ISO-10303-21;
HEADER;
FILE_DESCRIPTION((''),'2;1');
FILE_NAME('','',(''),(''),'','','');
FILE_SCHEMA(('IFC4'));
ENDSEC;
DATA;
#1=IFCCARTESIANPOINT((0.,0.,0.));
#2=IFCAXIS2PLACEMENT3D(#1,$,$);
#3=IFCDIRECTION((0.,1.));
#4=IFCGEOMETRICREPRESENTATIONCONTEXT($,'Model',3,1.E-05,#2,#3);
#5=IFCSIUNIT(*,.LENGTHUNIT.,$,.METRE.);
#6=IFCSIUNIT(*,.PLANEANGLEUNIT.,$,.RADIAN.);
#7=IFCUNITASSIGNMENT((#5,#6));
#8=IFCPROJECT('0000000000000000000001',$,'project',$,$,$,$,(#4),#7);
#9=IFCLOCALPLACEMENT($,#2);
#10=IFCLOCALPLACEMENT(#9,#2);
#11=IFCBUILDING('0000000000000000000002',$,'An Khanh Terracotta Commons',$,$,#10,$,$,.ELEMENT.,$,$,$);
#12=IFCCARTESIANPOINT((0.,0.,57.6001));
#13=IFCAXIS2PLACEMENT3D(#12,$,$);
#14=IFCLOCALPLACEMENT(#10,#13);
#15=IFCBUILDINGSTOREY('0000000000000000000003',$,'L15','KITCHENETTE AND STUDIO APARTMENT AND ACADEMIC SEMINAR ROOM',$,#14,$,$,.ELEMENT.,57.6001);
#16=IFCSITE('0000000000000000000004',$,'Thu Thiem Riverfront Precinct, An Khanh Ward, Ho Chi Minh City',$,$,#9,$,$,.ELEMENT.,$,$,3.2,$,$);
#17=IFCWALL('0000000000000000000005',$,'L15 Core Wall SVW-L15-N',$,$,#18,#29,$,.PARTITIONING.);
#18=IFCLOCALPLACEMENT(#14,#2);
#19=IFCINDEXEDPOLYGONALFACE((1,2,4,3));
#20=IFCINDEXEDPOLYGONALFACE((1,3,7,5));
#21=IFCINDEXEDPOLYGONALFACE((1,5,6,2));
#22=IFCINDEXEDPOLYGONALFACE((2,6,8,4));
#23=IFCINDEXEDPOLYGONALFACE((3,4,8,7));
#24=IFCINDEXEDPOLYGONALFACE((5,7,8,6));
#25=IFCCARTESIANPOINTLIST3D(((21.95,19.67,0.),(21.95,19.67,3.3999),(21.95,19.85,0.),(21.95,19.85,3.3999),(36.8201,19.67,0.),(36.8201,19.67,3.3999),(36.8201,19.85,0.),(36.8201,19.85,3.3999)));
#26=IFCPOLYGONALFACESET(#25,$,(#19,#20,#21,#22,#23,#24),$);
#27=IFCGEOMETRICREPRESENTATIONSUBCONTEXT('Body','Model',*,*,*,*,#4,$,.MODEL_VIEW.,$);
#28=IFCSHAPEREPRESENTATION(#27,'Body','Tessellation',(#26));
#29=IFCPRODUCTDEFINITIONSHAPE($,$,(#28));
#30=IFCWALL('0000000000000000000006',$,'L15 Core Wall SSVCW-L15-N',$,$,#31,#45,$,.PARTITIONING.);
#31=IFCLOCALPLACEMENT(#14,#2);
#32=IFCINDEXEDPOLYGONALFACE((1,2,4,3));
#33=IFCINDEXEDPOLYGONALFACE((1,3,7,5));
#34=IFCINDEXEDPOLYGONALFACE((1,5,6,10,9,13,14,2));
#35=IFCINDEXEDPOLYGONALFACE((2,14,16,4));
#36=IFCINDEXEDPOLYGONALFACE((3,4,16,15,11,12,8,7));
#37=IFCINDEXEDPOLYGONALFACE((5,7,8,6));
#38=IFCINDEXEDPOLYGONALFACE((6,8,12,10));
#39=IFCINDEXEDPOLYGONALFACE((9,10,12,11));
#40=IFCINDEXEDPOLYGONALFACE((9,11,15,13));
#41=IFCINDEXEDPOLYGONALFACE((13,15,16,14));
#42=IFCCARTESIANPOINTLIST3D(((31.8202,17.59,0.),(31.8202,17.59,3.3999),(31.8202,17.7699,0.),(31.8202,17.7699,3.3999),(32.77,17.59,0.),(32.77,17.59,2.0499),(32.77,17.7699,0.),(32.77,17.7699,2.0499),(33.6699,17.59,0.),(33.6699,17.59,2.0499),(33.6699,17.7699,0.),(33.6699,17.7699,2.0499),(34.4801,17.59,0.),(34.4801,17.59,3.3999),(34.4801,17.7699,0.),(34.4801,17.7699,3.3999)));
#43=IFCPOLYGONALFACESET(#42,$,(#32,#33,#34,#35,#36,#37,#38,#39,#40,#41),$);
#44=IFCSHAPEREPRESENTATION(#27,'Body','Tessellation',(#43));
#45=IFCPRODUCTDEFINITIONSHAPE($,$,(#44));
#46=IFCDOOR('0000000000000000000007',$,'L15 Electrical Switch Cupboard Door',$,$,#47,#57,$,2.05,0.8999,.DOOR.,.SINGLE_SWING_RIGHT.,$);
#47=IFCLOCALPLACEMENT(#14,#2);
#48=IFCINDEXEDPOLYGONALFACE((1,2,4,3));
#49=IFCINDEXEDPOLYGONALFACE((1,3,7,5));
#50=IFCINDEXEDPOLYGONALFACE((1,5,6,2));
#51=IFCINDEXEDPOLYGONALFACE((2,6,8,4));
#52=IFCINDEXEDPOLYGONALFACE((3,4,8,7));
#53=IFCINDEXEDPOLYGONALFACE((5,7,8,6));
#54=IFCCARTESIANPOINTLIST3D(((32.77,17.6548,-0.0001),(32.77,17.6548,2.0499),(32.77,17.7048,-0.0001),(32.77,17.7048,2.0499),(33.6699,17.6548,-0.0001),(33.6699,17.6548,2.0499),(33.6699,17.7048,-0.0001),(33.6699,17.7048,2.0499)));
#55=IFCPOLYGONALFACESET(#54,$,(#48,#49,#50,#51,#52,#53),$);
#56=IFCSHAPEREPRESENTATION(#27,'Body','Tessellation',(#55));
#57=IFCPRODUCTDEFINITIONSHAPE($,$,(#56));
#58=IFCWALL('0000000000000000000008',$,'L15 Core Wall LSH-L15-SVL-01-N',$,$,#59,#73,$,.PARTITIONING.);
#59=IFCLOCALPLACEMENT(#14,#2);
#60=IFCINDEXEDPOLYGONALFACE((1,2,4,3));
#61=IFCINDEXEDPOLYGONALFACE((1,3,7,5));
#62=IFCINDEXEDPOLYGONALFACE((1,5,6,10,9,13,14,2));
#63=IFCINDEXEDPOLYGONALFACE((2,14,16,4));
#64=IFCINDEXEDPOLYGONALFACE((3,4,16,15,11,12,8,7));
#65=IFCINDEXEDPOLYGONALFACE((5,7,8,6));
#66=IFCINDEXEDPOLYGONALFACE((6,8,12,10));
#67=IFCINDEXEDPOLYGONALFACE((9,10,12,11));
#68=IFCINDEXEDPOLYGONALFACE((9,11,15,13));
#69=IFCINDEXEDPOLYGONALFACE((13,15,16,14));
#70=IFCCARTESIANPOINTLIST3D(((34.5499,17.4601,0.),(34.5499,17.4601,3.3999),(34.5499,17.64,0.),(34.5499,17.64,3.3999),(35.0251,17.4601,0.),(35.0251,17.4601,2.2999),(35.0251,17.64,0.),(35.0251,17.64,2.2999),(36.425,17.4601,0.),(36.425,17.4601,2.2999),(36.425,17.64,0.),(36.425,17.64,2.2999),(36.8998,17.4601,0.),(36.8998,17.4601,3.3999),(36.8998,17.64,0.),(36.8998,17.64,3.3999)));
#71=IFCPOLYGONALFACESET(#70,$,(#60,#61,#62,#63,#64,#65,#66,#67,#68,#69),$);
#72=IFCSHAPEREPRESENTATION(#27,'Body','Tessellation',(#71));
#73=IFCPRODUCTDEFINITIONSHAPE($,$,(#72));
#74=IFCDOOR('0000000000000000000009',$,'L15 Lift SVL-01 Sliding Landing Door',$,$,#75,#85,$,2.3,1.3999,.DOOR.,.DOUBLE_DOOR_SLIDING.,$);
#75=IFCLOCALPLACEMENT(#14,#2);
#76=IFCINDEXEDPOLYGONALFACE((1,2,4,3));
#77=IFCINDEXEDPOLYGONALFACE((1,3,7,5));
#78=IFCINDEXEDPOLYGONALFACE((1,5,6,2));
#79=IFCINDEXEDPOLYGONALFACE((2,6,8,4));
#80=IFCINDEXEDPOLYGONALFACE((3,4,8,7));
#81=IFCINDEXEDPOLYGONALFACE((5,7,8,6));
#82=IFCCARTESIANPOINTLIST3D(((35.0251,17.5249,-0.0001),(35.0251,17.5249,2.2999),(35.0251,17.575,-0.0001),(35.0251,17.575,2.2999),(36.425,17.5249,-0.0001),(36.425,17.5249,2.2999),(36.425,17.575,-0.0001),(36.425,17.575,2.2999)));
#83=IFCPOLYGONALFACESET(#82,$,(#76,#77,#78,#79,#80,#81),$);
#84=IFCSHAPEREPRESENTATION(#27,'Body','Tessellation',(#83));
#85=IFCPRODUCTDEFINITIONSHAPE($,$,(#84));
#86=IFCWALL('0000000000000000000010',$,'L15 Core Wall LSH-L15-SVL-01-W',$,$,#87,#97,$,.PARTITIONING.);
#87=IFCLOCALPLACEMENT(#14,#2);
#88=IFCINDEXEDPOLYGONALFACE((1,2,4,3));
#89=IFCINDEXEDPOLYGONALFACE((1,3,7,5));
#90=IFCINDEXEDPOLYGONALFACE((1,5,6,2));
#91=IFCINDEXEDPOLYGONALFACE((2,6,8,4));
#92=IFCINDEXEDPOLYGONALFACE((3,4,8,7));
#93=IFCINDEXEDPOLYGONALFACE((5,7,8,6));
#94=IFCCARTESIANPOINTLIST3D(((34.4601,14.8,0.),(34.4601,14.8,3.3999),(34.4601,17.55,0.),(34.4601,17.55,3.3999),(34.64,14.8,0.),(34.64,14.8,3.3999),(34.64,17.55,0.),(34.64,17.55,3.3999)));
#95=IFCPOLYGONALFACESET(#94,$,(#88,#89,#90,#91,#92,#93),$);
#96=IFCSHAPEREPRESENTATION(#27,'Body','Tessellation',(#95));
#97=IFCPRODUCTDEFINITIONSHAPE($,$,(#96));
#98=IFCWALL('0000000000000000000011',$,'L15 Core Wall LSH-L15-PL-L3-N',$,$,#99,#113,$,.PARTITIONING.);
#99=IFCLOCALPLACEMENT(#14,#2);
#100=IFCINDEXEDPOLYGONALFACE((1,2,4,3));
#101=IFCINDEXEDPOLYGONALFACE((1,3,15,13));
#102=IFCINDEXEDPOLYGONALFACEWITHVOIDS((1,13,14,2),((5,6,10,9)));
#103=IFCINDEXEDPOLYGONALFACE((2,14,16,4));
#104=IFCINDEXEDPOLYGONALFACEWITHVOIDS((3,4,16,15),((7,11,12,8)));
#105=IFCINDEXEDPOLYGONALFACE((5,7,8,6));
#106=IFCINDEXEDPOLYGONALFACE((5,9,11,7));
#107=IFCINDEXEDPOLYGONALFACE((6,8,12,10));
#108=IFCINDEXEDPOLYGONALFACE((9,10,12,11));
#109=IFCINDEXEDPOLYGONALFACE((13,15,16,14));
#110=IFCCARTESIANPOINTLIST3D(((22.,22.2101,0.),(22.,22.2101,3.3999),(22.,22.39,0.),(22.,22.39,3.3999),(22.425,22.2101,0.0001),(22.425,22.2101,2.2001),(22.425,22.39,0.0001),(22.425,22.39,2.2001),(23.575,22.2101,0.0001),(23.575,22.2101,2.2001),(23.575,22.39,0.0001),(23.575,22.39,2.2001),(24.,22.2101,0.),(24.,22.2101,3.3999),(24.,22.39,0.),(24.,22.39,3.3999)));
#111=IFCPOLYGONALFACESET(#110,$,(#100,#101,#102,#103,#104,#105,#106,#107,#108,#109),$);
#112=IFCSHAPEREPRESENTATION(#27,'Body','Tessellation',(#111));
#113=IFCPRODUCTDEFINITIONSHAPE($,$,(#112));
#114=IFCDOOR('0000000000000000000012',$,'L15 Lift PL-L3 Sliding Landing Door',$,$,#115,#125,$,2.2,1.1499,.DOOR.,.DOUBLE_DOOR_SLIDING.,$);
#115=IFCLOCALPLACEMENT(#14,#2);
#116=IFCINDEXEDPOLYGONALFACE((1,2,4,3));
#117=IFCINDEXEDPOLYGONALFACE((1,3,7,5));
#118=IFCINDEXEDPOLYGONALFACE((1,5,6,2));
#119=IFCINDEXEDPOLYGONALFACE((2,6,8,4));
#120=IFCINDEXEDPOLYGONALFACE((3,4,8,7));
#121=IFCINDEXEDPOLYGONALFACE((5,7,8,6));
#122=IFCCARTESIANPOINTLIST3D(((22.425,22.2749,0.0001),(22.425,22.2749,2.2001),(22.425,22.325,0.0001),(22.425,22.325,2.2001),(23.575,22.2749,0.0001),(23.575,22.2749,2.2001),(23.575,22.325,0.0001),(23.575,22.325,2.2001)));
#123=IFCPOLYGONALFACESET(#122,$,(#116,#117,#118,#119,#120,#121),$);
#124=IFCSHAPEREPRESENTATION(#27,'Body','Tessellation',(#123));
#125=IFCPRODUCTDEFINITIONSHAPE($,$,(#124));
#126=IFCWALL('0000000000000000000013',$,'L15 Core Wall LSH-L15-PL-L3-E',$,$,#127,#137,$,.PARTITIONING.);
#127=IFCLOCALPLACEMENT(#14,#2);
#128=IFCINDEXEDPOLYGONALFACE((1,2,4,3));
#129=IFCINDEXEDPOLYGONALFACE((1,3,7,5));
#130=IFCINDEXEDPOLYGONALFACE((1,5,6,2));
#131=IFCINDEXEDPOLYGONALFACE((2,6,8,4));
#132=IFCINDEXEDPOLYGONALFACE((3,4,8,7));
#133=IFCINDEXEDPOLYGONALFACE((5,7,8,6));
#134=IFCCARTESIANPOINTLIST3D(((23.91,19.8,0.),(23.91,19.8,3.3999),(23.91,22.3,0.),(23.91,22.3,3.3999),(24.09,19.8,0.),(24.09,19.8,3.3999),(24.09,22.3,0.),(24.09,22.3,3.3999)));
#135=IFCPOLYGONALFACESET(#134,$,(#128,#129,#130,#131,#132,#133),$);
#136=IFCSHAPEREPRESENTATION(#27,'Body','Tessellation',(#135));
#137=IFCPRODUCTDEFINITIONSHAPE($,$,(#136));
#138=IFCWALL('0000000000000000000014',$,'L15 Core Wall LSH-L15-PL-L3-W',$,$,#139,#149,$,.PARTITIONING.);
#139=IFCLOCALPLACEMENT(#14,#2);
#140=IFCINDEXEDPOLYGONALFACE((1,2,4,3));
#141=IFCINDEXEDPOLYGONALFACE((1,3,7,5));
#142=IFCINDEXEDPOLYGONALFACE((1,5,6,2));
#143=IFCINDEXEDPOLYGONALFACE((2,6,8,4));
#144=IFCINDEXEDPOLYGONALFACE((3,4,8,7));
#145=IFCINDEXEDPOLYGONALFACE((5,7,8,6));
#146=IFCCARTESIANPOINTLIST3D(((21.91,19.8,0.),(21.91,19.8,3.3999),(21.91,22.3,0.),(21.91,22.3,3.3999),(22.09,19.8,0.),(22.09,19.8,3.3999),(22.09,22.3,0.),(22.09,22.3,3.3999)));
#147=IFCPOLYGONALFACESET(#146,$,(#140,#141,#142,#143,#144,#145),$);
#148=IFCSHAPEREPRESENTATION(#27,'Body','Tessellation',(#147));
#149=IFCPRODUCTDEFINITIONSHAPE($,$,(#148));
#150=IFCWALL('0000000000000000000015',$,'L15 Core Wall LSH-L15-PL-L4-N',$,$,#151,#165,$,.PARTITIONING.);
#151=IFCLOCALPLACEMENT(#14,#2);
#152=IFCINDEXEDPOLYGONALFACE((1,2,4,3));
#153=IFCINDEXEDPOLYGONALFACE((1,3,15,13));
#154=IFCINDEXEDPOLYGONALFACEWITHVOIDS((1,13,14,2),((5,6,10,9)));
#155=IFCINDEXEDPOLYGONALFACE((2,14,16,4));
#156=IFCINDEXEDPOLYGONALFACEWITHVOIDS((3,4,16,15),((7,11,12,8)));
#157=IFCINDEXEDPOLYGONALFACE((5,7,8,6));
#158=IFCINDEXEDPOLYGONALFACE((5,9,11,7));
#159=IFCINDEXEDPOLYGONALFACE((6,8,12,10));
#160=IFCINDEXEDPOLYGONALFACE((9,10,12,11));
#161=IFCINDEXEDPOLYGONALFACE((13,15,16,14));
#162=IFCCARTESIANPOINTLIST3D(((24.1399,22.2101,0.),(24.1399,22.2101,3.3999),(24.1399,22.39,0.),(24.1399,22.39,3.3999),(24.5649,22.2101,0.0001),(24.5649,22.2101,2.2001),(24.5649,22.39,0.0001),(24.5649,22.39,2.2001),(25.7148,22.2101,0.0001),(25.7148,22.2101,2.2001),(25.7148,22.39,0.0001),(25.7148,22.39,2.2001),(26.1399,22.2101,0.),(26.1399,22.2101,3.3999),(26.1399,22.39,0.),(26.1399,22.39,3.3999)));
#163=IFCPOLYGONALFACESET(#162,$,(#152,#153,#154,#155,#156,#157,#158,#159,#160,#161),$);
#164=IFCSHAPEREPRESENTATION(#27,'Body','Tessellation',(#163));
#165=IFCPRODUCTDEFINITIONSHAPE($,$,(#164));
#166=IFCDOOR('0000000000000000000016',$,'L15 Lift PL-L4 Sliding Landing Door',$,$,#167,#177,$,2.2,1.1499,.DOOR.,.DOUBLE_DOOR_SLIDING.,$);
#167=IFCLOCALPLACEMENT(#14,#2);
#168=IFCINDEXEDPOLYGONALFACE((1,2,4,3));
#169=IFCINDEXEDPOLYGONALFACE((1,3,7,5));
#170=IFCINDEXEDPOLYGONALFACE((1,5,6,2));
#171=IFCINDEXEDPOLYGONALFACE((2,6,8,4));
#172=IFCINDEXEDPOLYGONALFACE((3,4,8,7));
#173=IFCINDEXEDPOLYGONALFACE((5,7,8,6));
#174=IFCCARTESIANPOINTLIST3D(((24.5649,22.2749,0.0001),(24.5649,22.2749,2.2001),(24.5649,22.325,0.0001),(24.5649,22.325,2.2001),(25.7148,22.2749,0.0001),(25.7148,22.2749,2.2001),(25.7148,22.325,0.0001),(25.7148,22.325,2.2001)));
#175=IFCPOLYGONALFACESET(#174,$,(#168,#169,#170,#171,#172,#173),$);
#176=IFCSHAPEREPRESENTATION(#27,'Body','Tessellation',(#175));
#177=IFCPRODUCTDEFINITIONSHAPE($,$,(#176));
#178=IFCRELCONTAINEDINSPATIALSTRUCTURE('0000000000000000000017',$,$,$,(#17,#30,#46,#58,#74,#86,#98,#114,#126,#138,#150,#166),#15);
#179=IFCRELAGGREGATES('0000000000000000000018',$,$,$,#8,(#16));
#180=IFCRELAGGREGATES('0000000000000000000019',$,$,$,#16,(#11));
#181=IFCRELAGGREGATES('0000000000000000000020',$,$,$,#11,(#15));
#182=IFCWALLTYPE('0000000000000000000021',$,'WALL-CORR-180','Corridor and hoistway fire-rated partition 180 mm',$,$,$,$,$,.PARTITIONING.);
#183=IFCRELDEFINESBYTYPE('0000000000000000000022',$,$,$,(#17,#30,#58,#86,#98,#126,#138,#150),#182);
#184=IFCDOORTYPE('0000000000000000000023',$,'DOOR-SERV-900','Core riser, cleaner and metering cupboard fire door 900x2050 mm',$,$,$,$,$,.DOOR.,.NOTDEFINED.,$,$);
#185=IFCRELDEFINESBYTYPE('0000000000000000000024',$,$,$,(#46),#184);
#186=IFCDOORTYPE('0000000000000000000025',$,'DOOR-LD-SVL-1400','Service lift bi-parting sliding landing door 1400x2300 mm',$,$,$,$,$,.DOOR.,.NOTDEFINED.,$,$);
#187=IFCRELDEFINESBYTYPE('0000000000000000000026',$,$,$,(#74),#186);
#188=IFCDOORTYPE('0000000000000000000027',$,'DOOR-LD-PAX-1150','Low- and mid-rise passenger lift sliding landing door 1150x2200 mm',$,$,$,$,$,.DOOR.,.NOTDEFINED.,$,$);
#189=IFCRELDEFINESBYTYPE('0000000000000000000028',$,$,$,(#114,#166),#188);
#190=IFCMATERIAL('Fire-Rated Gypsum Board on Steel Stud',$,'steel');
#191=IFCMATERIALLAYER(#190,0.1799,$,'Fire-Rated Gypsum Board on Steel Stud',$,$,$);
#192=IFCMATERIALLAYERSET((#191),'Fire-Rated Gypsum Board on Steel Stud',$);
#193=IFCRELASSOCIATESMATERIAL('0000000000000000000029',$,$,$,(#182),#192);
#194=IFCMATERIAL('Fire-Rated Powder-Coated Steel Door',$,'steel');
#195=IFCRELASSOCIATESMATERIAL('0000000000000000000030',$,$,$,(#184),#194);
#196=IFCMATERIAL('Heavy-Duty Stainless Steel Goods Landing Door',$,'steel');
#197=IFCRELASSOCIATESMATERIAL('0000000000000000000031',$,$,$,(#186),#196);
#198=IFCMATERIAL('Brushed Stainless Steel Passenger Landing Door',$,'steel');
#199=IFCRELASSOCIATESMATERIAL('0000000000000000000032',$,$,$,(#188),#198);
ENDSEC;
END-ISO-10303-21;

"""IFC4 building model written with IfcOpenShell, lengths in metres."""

from ifc_helpers import new_model, si_unit, direction, frame, frame_2d, origin, place, context, subcontext, project, spatial, rectangle, extrude, material, layer, layer_set, type_object, element, fill, save


model = new_model("IFC4")

# Units and contexts
model_context = context("Model", 3, precision=1e-05, world=origin(), true_north=direction((0.0, 1.0)))
body_context = subcontext(model_context, "Body", "Model", "MODEL_VIEW")
ifc_project = project(units=[si_unit("LENGTHUNIT", "METRE"), si_unit("PLANEANGLEUNIT", "RADIAN")], contexts=[model_context])

# Site, building, storey
site_placement = place(None, origin())
site = spatial("IfcSite", under=ifc_project, at=site_placement, Name="Thu Thiem Riverfront Precinct, An Khanh Ward, Ho Chi Minh City", CompositionType="ELEMENT", RefElevation=3.2)
building_placement = place(site_placement, origin())
building = spatial("IfcBuilding", under=site, at=building_placement, Name="An Khanh Terracotta Commons", CompositionType="ELEMENT")
storey_placement = place(building_placement, frame((0.0, 0.0, 57.6001)))
storey = spatial("IfcBuildingStorey", under=building, at=storey_placement, Name="L15", Description="KITCHENETTE AND STUDIO APARTMENT AND ACADEMIC SEMINAR ROOM", CompositionType="ELEMENT", Elevation=57.6001)

# Wall
ifc_material_1 = material(Name="Fire-Rated Gypsum Board on Steel Stud", Category="steel")
ifc_layer_1 = layer(ifc_material_1, 0.1799, Name="Fire-Rated Gypsum Board on Steel Stud")
ifc_layer_set_1 = layer_set([ifc_layer_1], Name="Fire-Rated Gypsum Board on Steel Stud")
wall_type_1 = type_object("IfcWallType", Name="WALL-CORR-180", Description="Corridor and hoistway fire-rated partition 180 mm", PredefinedType="PARTITIONING", material=ifc_layer_set_1)
wall_1_placement = place(storey_placement, frame((21.95, 19.76, 0.0), z_axis=(0.0, 0.0, 1.0), x_axis=(1.0, 0.0, 0.0)))
element("IfcWall", 1, at=wall_1_placement, inside=storey, type_object=wall_type_1, Name="L15 Core Wall SVW-L15-N", PredefinedType="PARTITIONING", context=body_context, shape_type="SweptSolid", body=[
    extrude(rectangle(XDim=14.8701, YDim=0.1799, at=frame_2d((7.4351, 0.0))), origin(), (0.0, 0.0, 1.0), 3.3999),
])

# Walls, openings, doors
wall_2_placement = place(storey_placement, frame((31.8201, 17.6799, 0.0), z_axis=(0.0, 0.0, 1.0), x_axis=(1.0, 0.0, 0.0)))
wall_2 = element("IfcWall", 2, at=wall_2_placement, inside=storey, type_object=wall_type_1, Name="L15 Core Wall SSVCW-L15-N", PredefinedType="PARTITIONING", context=body_context, shape_type="SweptSolid", body=[
    extrude(rectangle(XDim=2.6599, YDim=0.1799, at=frame_2d((1.3301, 0.0))), origin(), (0.0, 0.0, 1.0), 3.3999),
])
opening_1_placement = place(wall_2_placement, frame((0.95, 0.0, 0.0)))
opening_1 = element("IfcOpeningElement", 3, at=opening_1_placement, cuts=wall_2, PredefinedType="OPENING", context=body_context, shape_type="SweptSolid", body=[
    extrude(rectangle(XDim=0.8999, YDim=2.05, at=frame_2d((0.45, 1.0249))), frame((0.0, 0.0999, 0.0), z_axis=(0.0, -1.0, 0.0), x_axis=(1.0, 0.0, 0.0)), (0.0, 0.0, 1.0), 0.2),
])
ifc_material_2 = material(Name="Fire-Rated Powder-Coated Steel Door", Category="steel")
door_type_1 = type_object("IfcDoorType", Name="DOOR-SERV-900", Description="Core riser, cleaner and metering cupboard fire door 900x2050 mm", OperationType="NOTDEFINED", PredefinedType="DOOR", material=ifc_material_2)
door_1_placement = place(opening_1_placement, origin())
door_1 = element("IfcDoor", 4, at=door_1_placement, inside=storey, type_object=door_type_1, Name="L15 Electrical Switch Cupboard Door", OperationType="SINGLE_SWING_RIGHT", OverallHeight=2.05, OverallWidth=0.8999, PredefinedType="DOOR", context=body_context, shape_type="SweptSolid", body=[
    extrude(rectangle(XDim=0.8999, YDim=2.05, at=frame_2d((0.45, 1.0249))), frame((0.0, 0.0249, 0.0), z_axis=(0.0, -1.0, 0.0), x_axis=(1.0, 0.0, 0.0)), (0.0, 0.0, 1.0), 0.05),
])
fill(opening_1, door_1)
wall_3_placement = place(storey_placement, frame((34.55, 17.55, 0.0), z_axis=(0.0, 0.0, 1.0), x_axis=(1.0, 0.0, 0.0)))
wall_3 = element("IfcWall", 5, at=wall_3_placement, inside=storey, type_object=wall_type_1, Name="L15 Core Wall LSH-L15-SVL-01-N", PredefinedType="PARTITIONING", context=body_context, shape_type="SweptSolid", body=[
    extrude(rectangle(XDim=2.3499, YDim=0.1799, at=frame_2d((1.1748, 0.0))), origin(), (0.0, 0.0, 1.0), 3.3999),
])
opening_2_placement = place(wall_3_placement, frame((0.4751, 0.0, 0.0)))
opening_2 = element("IfcOpeningElement", 6, at=opening_2_placement, cuts=wall_3, PredefinedType="OPENING", context=body_context, shape_type="SweptSolid", body=[
    extrude(rectangle(XDim=1.3999, YDim=2.3, at=frame_2d((0.7, 1.1499))), frame((0.0, 0.0999, 0.0), z_axis=(0.0, -1.0, 0.0), x_axis=(1.0, 0.0, 0.0)), (0.0, 0.0, 1.0), 0.2),
])
ifc_material_3 = material(Name="Heavy-Duty Stainless Steel Goods Landing Door", Category="steel")
door_type_2 = type_object("IfcDoorType", Name="DOOR-LD-SVL-1400", Description="Service lift bi-parting sliding landing door 1400x2300 mm", OperationType="NOTDEFINED", PredefinedType="DOOR", material=ifc_material_3)
door_2_placement = place(opening_2_placement, origin())
door_2 = element("IfcDoor", 7, at=door_2_placement, inside=storey, type_object=door_type_2, Name="L15 Lift SVL-01 Sliding Landing Door", OperationType="DOUBLE_DOOR_SLIDING", OverallHeight=2.3, OverallWidth=1.3999, PredefinedType="DOOR", context=body_context, shape_type="SweptSolid", body=[
    extrude(rectangle(XDim=1.3999, YDim=2.3, at=frame_2d((0.7, 1.1499))), frame((0.0, 0.0249, 0.0), z_axis=(0.0, -1.0, 0.0), x_axis=(1.0, 0.0, 0.0)), (0.0, 0.0, 1.0), 0.05),
])
fill(opening_2, door_2)

# Wall
wall_4_placement = place(storey_placement, frame((34.55, 17.55, 0.0), z_axis=(0.0, 0.0, 1.0), x_axis=(0.0, -1.0, 0.0)))
element("IfcWall", 8, at=wall_4_placement, inside=storey, type_object=wall_type_1, Name="L15 Core Wall LSH-L15-SVL-01-W", PredefinedType="PARTITIONING", context=body_context, shape_type="SweptSolid", body=[
    extrude(rectangle(XDim=2.75, YDim=0.1799, at=frame_2d((1.375, 0.0))), origin(), (0.0, 0.0, 1.0), 3.3999),
])

# Wall, opening, door
wall_5_placement = place(storey_placement, frame((22.0, 22.3, 0.0), z_axis=(0.0, 0.0, 1.0), x_axis=(1.0, 0.0, 0.0)))
wall_5 = element("IfcWall", 9, at=wall_5_placement, inside=storey, type_object=wall_type_1, Name="L15 Core Wall LSH-L15-PL-L3-N", PredefinedType="PARTITIONING", context=body_context, shape_type="SweptSolid", body=[
    extrude(rectangle(XDim=2.0, YDim=0.1799, at=frame_2d((1.0, 0.0))), origin(), (0.0, 0.0, 1.0), 3.3999),
])
opening_3_placement = place(wall_5_placement, frame((0.425, 0.0, 0.0)))
opening_3 = element("IfcOpeningElement", 10, at=opening_3_placement, cuts=wall_5, PredefinedType="OPENING", context=body_context, shape_type="SweptSolid", body=[
    extrude(rectangle(XDim=1.1499, YDim=2.2, at=frame_2d((0.575, 1.1001))), frame((0.0, 0.0999, 0.0), z_axis=(0.0, -1.0, 0.0), x_axis=(1.0, 0.0, 0.0)), (0.0, 0.0, 1.0), 0.2),
])
ifc_material_4 = material(Name="Brushed Stainless Steel Passenger Landing Door", Category="steel")
door_type_3 = type_object("IfcDoorType", Name="DOOR-LD-PAX-1150", Description="Low- and mid-rise passenger lift sliding landing door 1150x2200 mm", OperationType="NOTDEFINED", PredefinedType="DOOR", material=ifc_material_4)
door_3_placement = place(opening_3_placement, origin())
door_3 = element("IfcDoor", 11, at=door_3_placement, inside=storey, type_object=door_type_3, Name="L15 Lift PL-L3 Sliding Landing Door", OperationType="DOUBLE_DOOR_SLIDING", OverallHeight=2.2, OverallWidth=1.1499, PredefinedType="DOOR", context=body_context, shape_type="SweptSolid", body=[
    extrude(rectangle(XDim=1.1499, YDim=2.2, at=frame_2d((0.575, 1.1001))), frame((0.0, 0.0249, 0.0), z_axis=(0.0, -1.0, 0.0), x_axis=(1.0, 0.0, 0.0)), (0.0, 0.0, 1.0), 0.05),
])
fill(opening_3, door_3)

# Walls
for number, where, z_axis, x_axis, name in (
    (12, (24.0, 19.8, 0.0), (0.0, 0.0, 1.0), (0.0, 1.0, 0.0), "L15 Core Wall LSH-L15-PL-L3-E"),
    (13, (22.0, 22.3, 0.0), (0.0, 0.0, 1.0), (0.0, -1.0, 0.0), "L15 Core Wall LSH-L15-PL-L3-W"),
):
    element("IfcWall", number, at=place(storey_placement, frame(where, z_axis=z_axis, x_axis=x_axis)), inside=storey, type_object=wall_type_1, Name=name, PredefinedType="PARTITIONING", context=body_context, shape_type="SweptSolid", body=[
        extrude(rectangle(XDim=2.5, YDim=0.1799, at=frame_2d((1.25, 0.0))), origin(), (0.0, 0.0, 1.0), 3.3999),
    ])

# Wall, opening, door
wall_6_placement = place(storey_placement, frame((24.1399, 22.3, 0.0), z_axis=(0.0, 0.0, 1.0), x_axis=(1.0, 0.0, 0.0)))
wall_6 = element("IfcWall", 14, at=wall_6_placement, inside=storey, type_object=wall_type_1, Name="L15 Core Wall LSH-L15-PL-L4-N", PredefinedType="PARTITIONING", context=body_context, shape_type="SweptSolid", body=[
    extrude(rectangle(XDim=2.0, YDim=0.1799, at=frame_2d((1.0, 0.0))), origin(), (0.0, 0.0, 1.0), 3.3999),
])
opening_4_placement = place(wall_6_placement, frame((0.425, 0.0, 0.0)))
opening_4 = element("IfcOpeningElement", 15, at=opening_4_placement, cuts=wall_6, PredefinedType="OPENING", context=body_context, shape_type="SweptSolid", body=[
    extrude(rectangle(XDim=1.1499, YDim=2.2, at=frame_2d((0.575, 1.1001))), frame((0.0, 0.0999, 0.0), z_axis=(0.0, -1.0, 0.0), x_axis=(1.0, 0.0, 0.0)), (0.0, 0.0, 1.0), 0.2),
])
door_4_placement = place(opening_4_placement, origin())
door_4 = element("IfcDoor", 16, at=door_4_placement, inside=storey, type_object=door_type_3, Name="L15 Lift PL-L4 Sliding Landing Door", OperationType="DOUBLE_DOOR_SLIDING", OverallHeight=2.2, OverallWidth=1.1499, PredefinedType="DOOR", context=body_context, shape_type="SweptSolid", body=[
    extrude(rectangle(XDim=1.1499, YDim=2.2, at=frame_2d((0.575, 1.1001))), frame((0.0, 0.0249, 0.0), z_axis=(0.0, -1.0, 0.0), x_axis=(1.0, 0.0, 0.0)), (0.0, 0.0, 1.0), 0.05),
])
fill(opening_4, door_4)

save(model, "model.ifc")
